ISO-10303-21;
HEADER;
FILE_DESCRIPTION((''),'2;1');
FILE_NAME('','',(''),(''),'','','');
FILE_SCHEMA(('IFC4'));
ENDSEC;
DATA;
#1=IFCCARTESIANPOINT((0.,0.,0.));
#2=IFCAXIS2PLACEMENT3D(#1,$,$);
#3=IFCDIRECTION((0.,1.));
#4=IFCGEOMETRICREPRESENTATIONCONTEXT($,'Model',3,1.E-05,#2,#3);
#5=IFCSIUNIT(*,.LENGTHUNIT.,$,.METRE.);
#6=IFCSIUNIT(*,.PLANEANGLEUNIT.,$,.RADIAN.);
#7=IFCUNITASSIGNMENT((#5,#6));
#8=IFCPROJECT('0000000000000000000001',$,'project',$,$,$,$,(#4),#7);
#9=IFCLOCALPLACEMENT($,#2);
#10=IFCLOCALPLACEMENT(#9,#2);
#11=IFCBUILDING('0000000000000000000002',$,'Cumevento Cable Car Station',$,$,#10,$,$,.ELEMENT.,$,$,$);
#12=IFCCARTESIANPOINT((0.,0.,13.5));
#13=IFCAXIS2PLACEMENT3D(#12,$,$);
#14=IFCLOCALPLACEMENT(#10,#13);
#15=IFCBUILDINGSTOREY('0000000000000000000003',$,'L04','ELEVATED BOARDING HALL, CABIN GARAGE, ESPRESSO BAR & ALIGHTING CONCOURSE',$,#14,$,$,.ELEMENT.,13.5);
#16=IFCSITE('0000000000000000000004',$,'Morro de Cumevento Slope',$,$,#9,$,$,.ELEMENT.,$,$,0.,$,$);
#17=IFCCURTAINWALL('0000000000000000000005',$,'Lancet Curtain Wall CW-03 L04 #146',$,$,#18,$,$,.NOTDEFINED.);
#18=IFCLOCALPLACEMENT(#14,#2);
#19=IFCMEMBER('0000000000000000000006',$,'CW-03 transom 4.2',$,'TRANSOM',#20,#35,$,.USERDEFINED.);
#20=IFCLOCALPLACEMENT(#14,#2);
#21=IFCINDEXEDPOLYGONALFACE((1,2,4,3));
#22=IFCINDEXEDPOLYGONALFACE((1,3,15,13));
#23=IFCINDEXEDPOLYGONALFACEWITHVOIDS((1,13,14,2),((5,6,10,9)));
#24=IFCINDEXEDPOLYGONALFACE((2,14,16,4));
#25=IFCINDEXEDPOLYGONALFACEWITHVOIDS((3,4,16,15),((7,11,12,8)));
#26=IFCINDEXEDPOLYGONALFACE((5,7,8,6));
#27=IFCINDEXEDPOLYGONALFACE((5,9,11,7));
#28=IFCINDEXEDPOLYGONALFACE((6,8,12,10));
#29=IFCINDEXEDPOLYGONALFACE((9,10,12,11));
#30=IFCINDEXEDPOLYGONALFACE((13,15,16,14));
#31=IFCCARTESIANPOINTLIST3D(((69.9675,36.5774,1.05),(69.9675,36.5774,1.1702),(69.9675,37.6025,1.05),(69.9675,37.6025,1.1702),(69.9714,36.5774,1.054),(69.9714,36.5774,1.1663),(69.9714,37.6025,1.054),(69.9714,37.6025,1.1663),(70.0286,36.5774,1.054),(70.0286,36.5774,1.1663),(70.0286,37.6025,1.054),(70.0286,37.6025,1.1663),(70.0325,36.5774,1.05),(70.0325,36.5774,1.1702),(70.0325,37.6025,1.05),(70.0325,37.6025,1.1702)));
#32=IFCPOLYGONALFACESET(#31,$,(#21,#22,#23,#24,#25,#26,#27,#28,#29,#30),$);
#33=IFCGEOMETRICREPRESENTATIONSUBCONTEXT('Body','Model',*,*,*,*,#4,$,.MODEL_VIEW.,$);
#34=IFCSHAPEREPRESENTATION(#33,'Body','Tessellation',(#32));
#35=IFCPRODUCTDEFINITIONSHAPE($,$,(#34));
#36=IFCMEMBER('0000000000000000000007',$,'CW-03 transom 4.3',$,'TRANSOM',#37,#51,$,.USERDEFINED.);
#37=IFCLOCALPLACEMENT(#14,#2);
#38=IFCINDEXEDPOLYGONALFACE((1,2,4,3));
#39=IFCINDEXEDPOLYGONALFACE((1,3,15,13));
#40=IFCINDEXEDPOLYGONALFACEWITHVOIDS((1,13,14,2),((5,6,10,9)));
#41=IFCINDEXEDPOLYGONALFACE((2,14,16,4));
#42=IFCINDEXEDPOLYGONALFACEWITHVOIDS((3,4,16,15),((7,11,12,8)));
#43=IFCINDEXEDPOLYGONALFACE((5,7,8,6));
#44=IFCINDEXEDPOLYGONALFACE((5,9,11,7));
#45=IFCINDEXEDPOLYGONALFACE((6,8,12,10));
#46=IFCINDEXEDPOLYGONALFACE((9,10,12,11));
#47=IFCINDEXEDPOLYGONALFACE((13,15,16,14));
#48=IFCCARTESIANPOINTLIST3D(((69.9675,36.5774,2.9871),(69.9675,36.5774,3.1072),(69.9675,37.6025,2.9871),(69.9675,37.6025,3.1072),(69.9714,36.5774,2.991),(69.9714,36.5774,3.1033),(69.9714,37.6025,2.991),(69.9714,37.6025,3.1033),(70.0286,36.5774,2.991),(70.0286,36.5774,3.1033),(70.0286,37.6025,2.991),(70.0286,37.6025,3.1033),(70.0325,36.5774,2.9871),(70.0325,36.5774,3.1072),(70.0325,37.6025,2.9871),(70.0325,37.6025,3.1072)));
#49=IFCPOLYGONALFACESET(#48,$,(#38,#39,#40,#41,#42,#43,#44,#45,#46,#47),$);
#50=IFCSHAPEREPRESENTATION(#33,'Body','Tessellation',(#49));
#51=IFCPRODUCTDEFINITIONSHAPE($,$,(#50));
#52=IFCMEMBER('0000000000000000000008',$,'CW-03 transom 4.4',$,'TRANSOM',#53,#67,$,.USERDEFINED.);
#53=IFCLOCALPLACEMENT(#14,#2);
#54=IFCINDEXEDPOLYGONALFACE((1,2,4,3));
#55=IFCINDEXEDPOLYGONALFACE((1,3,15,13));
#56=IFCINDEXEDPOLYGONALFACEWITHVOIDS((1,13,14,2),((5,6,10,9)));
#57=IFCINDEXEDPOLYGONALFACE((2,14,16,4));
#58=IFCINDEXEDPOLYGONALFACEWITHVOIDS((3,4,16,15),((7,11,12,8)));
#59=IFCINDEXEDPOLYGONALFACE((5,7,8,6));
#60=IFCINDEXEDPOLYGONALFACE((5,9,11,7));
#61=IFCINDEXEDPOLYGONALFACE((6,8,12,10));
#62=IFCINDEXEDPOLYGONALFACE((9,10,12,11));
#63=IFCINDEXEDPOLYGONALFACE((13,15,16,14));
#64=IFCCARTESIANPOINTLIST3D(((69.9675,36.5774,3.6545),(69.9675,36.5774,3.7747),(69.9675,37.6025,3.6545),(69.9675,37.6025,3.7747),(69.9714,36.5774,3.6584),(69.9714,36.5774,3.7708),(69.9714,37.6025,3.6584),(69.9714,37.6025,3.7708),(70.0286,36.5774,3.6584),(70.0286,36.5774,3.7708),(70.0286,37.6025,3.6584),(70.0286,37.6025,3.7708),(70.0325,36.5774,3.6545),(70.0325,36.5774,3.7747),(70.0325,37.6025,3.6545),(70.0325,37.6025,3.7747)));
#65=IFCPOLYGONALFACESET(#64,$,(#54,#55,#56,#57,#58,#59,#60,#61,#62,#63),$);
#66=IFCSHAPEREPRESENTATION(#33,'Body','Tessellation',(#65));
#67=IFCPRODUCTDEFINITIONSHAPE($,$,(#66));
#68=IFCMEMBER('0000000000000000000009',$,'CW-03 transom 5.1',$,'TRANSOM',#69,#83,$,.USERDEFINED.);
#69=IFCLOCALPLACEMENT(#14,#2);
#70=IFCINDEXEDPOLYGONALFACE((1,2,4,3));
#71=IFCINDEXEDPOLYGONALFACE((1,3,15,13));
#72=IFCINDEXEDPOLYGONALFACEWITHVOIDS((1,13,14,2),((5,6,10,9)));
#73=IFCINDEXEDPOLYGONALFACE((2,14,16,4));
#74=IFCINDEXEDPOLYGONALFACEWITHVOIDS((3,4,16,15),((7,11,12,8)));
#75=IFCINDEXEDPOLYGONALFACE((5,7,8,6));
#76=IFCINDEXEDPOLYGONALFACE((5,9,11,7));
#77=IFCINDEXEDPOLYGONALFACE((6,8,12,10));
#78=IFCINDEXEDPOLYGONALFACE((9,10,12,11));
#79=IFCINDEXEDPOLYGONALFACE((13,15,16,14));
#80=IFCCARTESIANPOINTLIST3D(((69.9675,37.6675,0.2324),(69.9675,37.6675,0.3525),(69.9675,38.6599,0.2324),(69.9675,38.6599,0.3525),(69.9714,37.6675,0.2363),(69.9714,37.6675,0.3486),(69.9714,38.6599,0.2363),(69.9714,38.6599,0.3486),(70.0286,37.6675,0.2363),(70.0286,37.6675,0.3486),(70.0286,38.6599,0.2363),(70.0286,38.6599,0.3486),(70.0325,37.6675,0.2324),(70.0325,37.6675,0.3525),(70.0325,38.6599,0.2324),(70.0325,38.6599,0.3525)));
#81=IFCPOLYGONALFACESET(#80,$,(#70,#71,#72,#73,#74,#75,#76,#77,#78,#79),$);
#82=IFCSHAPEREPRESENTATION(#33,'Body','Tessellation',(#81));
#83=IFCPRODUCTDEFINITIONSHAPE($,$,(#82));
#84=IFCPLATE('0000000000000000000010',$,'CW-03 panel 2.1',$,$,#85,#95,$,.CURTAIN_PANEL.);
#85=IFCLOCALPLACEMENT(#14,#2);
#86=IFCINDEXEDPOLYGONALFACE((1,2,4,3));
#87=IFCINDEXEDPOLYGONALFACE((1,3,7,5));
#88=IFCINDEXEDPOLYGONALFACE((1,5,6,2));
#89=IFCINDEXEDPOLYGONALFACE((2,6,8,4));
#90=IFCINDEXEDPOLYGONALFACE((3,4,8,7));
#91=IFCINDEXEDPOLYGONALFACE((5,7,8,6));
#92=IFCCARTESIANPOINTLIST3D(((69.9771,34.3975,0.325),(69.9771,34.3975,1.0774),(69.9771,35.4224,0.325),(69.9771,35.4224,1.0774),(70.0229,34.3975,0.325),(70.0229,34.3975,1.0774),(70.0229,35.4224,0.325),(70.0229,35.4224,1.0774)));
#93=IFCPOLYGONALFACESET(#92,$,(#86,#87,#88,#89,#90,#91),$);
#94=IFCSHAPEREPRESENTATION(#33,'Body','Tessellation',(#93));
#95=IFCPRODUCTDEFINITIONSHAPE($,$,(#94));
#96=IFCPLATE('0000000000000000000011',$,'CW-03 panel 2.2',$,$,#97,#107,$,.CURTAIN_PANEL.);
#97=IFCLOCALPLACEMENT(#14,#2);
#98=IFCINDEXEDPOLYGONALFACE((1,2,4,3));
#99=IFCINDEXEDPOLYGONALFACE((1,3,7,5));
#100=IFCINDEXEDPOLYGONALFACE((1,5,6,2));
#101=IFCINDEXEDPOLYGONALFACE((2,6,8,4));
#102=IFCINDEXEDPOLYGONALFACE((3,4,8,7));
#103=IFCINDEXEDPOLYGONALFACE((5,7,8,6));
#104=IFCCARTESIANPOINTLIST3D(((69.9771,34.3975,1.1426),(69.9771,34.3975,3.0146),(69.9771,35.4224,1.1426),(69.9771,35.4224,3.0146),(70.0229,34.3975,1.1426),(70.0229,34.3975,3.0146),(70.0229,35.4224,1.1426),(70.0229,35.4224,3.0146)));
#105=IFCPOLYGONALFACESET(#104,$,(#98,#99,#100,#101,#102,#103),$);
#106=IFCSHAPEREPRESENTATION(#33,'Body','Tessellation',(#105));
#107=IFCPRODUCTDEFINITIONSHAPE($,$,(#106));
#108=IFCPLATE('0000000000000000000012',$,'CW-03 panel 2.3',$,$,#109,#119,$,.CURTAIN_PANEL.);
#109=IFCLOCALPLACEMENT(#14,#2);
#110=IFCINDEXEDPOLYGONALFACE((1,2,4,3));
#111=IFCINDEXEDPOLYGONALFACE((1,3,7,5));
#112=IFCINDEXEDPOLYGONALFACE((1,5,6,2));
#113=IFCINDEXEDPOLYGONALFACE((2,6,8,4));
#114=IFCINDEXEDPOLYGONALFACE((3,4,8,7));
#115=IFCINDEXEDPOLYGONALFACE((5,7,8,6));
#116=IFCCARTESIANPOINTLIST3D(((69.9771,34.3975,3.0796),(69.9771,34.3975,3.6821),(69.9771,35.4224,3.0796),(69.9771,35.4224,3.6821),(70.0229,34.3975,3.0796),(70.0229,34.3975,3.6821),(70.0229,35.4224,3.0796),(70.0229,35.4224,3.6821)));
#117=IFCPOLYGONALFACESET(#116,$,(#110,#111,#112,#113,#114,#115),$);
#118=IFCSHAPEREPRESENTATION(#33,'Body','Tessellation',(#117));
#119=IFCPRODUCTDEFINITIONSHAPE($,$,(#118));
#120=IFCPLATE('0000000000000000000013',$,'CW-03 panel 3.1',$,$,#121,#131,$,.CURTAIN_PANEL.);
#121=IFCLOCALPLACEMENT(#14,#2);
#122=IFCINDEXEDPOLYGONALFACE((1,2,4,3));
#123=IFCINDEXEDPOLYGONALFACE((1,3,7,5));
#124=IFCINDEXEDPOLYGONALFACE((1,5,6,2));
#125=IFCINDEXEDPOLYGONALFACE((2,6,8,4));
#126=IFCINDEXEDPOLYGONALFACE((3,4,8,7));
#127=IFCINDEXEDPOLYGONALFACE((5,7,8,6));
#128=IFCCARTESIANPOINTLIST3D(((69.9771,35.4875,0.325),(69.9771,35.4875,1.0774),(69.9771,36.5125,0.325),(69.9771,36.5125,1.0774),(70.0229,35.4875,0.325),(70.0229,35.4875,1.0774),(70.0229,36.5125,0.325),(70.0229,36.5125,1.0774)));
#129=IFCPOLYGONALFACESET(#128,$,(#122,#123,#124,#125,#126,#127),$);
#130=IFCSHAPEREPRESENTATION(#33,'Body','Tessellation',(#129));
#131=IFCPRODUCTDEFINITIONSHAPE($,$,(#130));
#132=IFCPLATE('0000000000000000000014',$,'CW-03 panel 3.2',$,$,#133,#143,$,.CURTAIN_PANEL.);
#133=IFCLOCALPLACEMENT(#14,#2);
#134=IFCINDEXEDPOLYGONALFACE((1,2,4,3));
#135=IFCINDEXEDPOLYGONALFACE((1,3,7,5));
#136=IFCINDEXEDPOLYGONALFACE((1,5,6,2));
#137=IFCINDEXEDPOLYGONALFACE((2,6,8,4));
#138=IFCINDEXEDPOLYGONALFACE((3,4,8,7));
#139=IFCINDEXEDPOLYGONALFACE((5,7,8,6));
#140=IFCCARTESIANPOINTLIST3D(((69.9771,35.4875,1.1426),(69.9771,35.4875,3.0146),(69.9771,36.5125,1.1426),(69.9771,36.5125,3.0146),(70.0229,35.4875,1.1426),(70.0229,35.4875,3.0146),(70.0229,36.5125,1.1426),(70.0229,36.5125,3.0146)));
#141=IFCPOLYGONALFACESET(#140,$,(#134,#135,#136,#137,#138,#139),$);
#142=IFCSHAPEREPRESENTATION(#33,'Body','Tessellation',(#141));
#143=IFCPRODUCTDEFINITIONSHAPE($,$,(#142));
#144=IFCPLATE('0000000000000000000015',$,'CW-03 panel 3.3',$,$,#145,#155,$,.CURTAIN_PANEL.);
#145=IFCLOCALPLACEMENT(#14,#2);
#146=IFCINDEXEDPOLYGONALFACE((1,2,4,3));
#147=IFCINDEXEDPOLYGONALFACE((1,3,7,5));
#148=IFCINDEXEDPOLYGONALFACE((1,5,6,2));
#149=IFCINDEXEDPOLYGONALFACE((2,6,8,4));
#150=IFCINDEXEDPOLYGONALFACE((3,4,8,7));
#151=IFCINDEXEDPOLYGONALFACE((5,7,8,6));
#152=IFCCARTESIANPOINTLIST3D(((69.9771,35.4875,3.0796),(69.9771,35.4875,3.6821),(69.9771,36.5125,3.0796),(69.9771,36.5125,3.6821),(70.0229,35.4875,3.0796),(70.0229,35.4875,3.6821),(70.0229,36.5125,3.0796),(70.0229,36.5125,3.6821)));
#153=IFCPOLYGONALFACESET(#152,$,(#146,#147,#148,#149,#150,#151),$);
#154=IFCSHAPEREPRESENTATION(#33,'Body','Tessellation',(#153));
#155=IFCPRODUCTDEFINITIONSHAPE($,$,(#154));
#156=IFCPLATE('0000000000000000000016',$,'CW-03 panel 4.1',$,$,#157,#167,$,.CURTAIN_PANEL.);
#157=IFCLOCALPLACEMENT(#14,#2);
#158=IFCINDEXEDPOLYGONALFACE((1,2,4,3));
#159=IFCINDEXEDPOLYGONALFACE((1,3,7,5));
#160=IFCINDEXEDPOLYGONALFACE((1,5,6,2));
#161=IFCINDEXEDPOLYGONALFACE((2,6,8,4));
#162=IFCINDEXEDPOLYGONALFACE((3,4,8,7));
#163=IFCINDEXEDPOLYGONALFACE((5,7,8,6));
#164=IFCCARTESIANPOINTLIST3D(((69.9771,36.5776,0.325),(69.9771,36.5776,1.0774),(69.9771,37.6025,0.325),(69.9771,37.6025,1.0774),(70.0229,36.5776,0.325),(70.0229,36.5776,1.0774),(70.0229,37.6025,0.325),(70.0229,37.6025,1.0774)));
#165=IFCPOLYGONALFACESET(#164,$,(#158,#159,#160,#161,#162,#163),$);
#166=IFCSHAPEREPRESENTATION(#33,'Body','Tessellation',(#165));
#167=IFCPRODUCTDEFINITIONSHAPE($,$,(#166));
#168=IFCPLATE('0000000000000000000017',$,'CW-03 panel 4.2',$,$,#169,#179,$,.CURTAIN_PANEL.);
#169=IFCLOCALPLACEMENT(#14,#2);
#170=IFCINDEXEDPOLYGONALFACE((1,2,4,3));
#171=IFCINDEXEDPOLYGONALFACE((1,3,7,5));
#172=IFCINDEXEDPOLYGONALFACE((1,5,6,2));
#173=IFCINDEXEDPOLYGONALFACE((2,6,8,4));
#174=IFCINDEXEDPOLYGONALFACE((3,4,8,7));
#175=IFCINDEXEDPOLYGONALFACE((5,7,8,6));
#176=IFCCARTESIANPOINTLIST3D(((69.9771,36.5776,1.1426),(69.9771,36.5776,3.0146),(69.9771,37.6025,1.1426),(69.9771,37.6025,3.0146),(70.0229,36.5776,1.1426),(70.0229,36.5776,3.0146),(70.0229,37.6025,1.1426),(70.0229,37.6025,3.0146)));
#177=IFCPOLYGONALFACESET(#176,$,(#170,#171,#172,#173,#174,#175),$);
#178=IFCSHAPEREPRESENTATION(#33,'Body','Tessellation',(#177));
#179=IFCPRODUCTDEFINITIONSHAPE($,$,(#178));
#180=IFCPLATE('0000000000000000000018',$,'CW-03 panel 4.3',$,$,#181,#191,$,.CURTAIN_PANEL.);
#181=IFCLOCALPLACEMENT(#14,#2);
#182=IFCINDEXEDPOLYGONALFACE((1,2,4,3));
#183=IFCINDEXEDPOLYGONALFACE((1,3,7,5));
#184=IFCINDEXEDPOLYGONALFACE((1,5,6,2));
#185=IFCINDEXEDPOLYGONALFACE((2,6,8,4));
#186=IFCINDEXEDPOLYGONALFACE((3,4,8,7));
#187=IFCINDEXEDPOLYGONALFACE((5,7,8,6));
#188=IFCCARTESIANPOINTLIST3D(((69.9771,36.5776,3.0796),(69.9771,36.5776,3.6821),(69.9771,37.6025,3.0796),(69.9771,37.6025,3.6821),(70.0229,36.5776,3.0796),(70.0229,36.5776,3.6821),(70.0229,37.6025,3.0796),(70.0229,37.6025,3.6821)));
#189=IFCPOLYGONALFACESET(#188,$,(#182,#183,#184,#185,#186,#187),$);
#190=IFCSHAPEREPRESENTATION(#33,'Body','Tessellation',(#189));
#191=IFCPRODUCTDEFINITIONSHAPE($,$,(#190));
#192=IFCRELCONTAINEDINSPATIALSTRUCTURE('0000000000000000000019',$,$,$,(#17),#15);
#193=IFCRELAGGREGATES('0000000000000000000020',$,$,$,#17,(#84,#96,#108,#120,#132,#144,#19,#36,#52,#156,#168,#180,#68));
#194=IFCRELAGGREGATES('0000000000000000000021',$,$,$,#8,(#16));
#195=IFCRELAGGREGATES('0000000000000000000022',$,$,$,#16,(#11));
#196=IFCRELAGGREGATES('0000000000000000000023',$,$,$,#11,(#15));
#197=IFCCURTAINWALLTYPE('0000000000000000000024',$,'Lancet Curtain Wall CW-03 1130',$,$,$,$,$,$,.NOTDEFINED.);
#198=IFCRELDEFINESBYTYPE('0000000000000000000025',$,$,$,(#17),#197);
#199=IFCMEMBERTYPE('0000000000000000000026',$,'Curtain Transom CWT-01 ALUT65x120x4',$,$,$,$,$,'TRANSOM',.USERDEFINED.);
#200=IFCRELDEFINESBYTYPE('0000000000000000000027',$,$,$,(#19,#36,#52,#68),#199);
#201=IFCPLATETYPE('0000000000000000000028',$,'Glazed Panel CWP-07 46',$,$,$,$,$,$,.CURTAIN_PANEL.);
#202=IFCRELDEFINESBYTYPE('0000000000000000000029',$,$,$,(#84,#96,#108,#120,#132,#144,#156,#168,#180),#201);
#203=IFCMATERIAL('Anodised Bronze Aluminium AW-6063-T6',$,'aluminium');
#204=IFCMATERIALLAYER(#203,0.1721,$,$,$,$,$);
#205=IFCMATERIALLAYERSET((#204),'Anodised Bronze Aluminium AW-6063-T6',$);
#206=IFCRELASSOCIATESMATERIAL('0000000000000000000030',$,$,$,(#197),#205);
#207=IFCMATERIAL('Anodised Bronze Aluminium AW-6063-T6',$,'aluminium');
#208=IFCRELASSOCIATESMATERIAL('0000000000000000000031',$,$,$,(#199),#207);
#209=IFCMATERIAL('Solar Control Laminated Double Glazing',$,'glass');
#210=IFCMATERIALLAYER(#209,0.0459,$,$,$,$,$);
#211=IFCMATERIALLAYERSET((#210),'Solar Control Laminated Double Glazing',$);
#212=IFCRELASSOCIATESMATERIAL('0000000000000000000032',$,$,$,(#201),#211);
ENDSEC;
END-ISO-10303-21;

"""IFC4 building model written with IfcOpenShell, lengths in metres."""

from ifc_helpers import new_model, si_unit, direction, frame, origin, origin_2d, place, context, subcontext, project, spatial, rectangle, hollow_rectangle, extrude, material, layer, layer_set, material_profile, profile_set, type_object, element, aggregate, save


model = new_model("IFC4")

# Units and contexts
model_context = context("Model", 3, precision=1e-05, world=origin(), true_north=direction((0.0, 1.0)))
body_context = subcontext(model_context, "Body", "Model", "MODEL_VIEW")
ifc_project = project(units=[si_unit("LENGTHUNIT", "METRE"), si_unit("PLANEANGLEUNIT", "RADIAN")], contexts=[model_context])

# Site, building, storey
site_placement = place(None, origin())
site = spatial("IfcSite", under=ifc_project, at=site_placement, Name="Morro de Cumevento Slope", CompositionType="ELEMENT", RefElevation=0.0)
building_placement = place(site_placement, origin())
building = spatial("IfcBuilding", under=site, at=building_placement, Name="Cumevento Cable Car Station", CompositionType="ELEMENT")
storey_placement = place(building_placement, frame((0.0, 0.0, 13.5)))
storey = spatial("IfcBuildingStorey", under=building, at=storey_placement, Name="L04", Description="ELEVATED BOARDING HALL, CABIN GARAGE, ESPRESSO BAR & ALIGHTING CONCOURSE", CompositionType="ELEMENT", Elevation=13.5)

# Curtain wall, members, plates
ifc_material_1 = material(Name="Anodised Bronze Aluminium AW-6063-T6", Category="aluminium")
ifc_layer_1 = layer(ifc_material_1, 0.1721)
ifc_layer_set_1 = layer_set([ifc_layer_1], Name="Anodised Bronze Aluminium AW-6063-T6")
curtain_wall_type = type_object("IfcCurtainWallType", Name="Lancet Curtain Wall CW-03 1130", PredefinedType="NOTDEFINED", material=ifc_layer_set_1)
curtain_wall_placement = place(storey_placement, origin())
curtain_wall = element("IfcCurtainWall", 1, at=curtain_wall_placement, inside=storey, type_object=curtain_wall_type, Name="Lancet Curtain Wall CW-03 L04 #146", PredefinedType="NOTDEFINED")
ifc_material_2 = material(Name="Anodised Bronze Aluminium AW-6063-T6", Category="aluminium")
ifc_material_profile_1 = material_profile(ifc_material_2, hollow_rectangle(XDim=0.0649, YDim=0.1201, WallThickness=0.0039, at=origin_2d()), Name="ALUT65x120x4")
ifc_profile_set_1 = profile_set([ifc_material_profile_1], Name="Anodised Bronze Aluminium AW-6063-T6")
member_type_1 = type_object("IfcMemberType", Name="Curtain Transom CWT-01 ALUT65x120x4", ElementType="TRANSOM", PredefinedType="USERDEFINED", material=ifc_profile_set_1)
member_1_placement = place(storey_placement, frame((70.0, 36.5774, 1.1101), z_axis=(0.0, 1.0, 0.0), x_axis=(-1.0, 0.0, 0.0)))
member_1 = element("IfcMember", 2, at=member_1_placement, type_object=member_type_1, Name="CW-03 transom 4.2", ObjectType="TRANSOM", PredefinedType="USERDEFINED", context=body_context, shape_type="SweptSolid", body=[
    extrude(hollow_rectangle(XDim=0.0649, YDim=0.1201, WallThickness=0.0039, at=origin_2d()), origin(), (0.0, 0.0, 1.0), 1.0251),
])
member_2_placement = place(storey_placement, frame((70.0, 36.5774, 3.0471), z_axis=(0.0, 1.0, 0.0), x_axis=(-1.0, 0.0, 0.0)))
member_2 = element("IfcMember", 3, at=member_2_placement, type_object=member_type_1, Name="CW-03 transom 4.3", ObjectType="TRANSOM", PredefinedType="USERDEFINED", context=body_context, shape_type="SweptSolid", body=[
    extrude(hollow_rectangle(XDim=0.0649, YDim=0.1201, WallThickness=0.0039, at=origin_2d()), origin(), (0.0, 0.0, 1.0), 1.0251),
])
member_3_placement = place(storey_placement, frame((70.0, 36.5774, 3.7146), z_axis=(0.0, 1.0, 0.0), x_axis=(-1.0, 0.0, 0.0)))
member_3 = element("IfcMember", 4, at=member_3_placement, type_object=member_type_1, Name="CW-03 transom 4.4", ObjectType="TRANSOM", PredefinedType="USERDEFINED", context=body_context, shape_type="SweptSolid", body=[
    extrude(hollow_rectangle(XDim=0.0649, YDim=0.1201, WallThickness=0.0039, at=origin_2d()), origin(), (0.0, 0.0, 1.0), 1.0251),
])
member_4_placement = place(storey_placement, frame((70.0, 37.6675, 0.2925), z_axis=(0.0, 1.0, 0.0), x_axis=(-1.0, 0.0, 0.0)))
member_4 = element("IfcMember", 5, at=member_4_placement, type_object=member_type_1, Name="CW-03 transom 5.1", ObjectType="TRANSOM", PredefinedType="USERDEFINED", context=body_context, shape_type="SweptSolid", body=[
    extrude(hollow_rectangle(XDim=0.0649, YDim=0.1201, WallThickness=0.0039, at=origin_2d()), origin(), (0.0, 0.0, 1.0), 0.9924),
])
ifc_material_3 = material(Name="Solar Control Laminated Double Glazing", Category="glass")
ifc_layer_2 = layer(ifc_material_3, 0.0459)
ifc_layer_set_2 = layer_set([ifc_layer_2], Name="Solar Control Laminated Double Glazing")
plate_type = type_object("IfcPlateType", Name="Glazed Panel CWP-07 46", PredefinedType="CURTAIN_PANEL", material=ifc_layer_set_2)
plate_1_placement = place(storey_placement, frame((70.0, 34.9099, 0.325), z_axis=(0.0, 0.0, 1.0), x_axis=(0.0, 1.0, 0.0)))
plate_1 = element("IfcPlate", 6, at=plate_1_placement, type_object=plate_type, Name="CW-03 panel 2.1", PredefinedType="CURTAIN_PANEL", context=body_context, shape_type="SweptSolid", body=[
    extrude(rectangle(XDim=1.0249, YDim=0.0459, at=origin_2d()), origin(), (0.0, 0.0, 1.0), 0.7524),
])
plate_2_placement = place(storey_placement, frame((70.0, 34.9099, 1.1426), z_axis=(0.0, 0.0, 1.0), x_axis=(0.0, 1.0, 0.0)))
plate_2 = element("IfcPlate", 7, at=plate_2_placement, type_object=plate_type, Name="CW-03 panel 2.2", PredefinedType="CURTAIN_PANEL", context=body_context, shape_type="SweptSolid", body=[
    extrude(rectangle(XDim=1.0249, YDim=0.0459, at=origin_2d()), origin(), (0.0, 0.0, 1.0), 1.8721),
])
plate_3_placement = place(storey_placement, frame((70.0, 34.9099, 3.0796), z_axis=(0.0, 0.0, 1.0), x_axis=(0.0, 1.0, 0.0)))
plate_3 = element("IfcPlate", 8, at=plate_3_placement, type_object=plate_type, Name="CW-03 panel 2.3", PredefinedType="CURTAIN_PANEL", context=body_context, shape_type="SweptSolid", body=[
    extrude(rectangle(XDim=1.0249, YDim=0.0459, at=origin_2d()), origin(), (0.0, 0.0, 1.0), 0.6025),
])
plate_4_placement = place(storey_placement, frame((70.0, 36.0, 0.325), z_axis=(0.0, 0.0, 1.0), x_axis=(0.0, 1.0, 0.0)))
plate_4 = element("IfcPlate", 9, at=plate_4_placement, type_object=plate_type, Name="CW-03 panel 3.1", PredefinedType="CURTAIN_PANEL", context=body_context, shape_type="SweptSolid", body=[
    extrude(rectangle(XDim=1.0249, YDim=0.0459, at=origin_2d()), origin(), (0.0, 0.0, 1.0), 0.7524),
])
plate_5_placement = place(storey_placement, frame((70.0, 36.0, 1.1426), z_axis=(0.0, 0.0, 1.0), x_axis=(0.0, 1.0, 0.0)))
plate_5 = element("IfcPlate", 10, at=plate_5_placement, type_object=plate_type, Name="CW-03 panel 3.2", PredefinedType="CURTAIN_PANEL", context=body_context, shape_type="SweptSolid", body=[
    extrude(rectangle(XDim=1.0249, YDim=0.0459, at=origin_2d()), origin(), (0.0, 0.0, 1.0), 1.8721),
])
plate_6_placement = place(storey_placement, frame((70.0, 36.0, 3.0796), z_axis=(0.0, 0.0, 1.0), x_axis=(0.0, 1.0, 0.0)))
plate_6 = element("IfcPlate", 11, at=plate_6_placement, type_object=plate_type, Name="CW-03 panel 3.3", PredefinedType="CURTAIN_PANEL", context=body_context, shape_type="SweptSolid", body=[
    extrude(rectangle(XDim=1.0249, YDim=0.0459, at=origin_2d()), origin(), (0.0, 0.0, 1.0), 0.6025),
])
plate_7_placement = place(storey_placement, frame((70.0, 37.0901, 0.325), z_axis=(0.0, 0.0, 1.0), x_axis=(0.0, 1.0, 0.0)))
plate_7 = element("IfcPlate", 12, at=plate_7_placement, type_object=plate_type, Name="CW-03 panel 4.1", PredefinedType="CURTAIN_PANEL", context=body_context, shape_type="SweptSolid", body=[
    extrude(rectangle(XDim=1.0249, YDim=0.0459, at=origin_2d()), origin(), (0.0, 0.0, 1.0), 0.7524),
])
plate_8_placement = place(storey_placement, frame((70.0, 37.0901, 1.1426), z_axis=(0.0, 0.0, 1.0), x_axis=(0.0, 1.0, 0.0)))
plate_8 = element("IfcPlate", 13, at=plate_8_placement, type_object=plate_type, Name="CW-03 panel 4.2", PredefinedType="CURTAIN_PANEL", context=body_context, shape_type="SweptSolid", body=[
    extrude(rectangle(XDim=1.0249, YDim=0.0459, at=origin_2d()), origin(), (0.0, 0.0, 1.0), 1.8721),
])
plate_9_placement = place(storey_placement, frame((70.0, 37.0901, 3.0796), z_axis=(0.0, 0.0, 1.0), x_axis=(0.0, 1.0, 0.0)))
plate_9 = element("IfcPlate", 14, at=plate_9_placement, type_object=plate_type, Name="CW-03 panel 4.3", PredefinedType="CURTAIN_PANEL", context=body_context, shape_type="SweptSolid", body=[
    extrude(rectangle(XDim=1.0249, YDim=0.0459, at=origin_2d()), origin(), (0.0, 0.0, 1.0), 0.6025),
])
aggregate(curtain_wall, [plate_1, plate_2, plate_3, plate_4, plate_5, plate_6, member_1, member_2, member_3, plate_7, plate_8, plate_9, member_4])

save(model, "model.ifc")
